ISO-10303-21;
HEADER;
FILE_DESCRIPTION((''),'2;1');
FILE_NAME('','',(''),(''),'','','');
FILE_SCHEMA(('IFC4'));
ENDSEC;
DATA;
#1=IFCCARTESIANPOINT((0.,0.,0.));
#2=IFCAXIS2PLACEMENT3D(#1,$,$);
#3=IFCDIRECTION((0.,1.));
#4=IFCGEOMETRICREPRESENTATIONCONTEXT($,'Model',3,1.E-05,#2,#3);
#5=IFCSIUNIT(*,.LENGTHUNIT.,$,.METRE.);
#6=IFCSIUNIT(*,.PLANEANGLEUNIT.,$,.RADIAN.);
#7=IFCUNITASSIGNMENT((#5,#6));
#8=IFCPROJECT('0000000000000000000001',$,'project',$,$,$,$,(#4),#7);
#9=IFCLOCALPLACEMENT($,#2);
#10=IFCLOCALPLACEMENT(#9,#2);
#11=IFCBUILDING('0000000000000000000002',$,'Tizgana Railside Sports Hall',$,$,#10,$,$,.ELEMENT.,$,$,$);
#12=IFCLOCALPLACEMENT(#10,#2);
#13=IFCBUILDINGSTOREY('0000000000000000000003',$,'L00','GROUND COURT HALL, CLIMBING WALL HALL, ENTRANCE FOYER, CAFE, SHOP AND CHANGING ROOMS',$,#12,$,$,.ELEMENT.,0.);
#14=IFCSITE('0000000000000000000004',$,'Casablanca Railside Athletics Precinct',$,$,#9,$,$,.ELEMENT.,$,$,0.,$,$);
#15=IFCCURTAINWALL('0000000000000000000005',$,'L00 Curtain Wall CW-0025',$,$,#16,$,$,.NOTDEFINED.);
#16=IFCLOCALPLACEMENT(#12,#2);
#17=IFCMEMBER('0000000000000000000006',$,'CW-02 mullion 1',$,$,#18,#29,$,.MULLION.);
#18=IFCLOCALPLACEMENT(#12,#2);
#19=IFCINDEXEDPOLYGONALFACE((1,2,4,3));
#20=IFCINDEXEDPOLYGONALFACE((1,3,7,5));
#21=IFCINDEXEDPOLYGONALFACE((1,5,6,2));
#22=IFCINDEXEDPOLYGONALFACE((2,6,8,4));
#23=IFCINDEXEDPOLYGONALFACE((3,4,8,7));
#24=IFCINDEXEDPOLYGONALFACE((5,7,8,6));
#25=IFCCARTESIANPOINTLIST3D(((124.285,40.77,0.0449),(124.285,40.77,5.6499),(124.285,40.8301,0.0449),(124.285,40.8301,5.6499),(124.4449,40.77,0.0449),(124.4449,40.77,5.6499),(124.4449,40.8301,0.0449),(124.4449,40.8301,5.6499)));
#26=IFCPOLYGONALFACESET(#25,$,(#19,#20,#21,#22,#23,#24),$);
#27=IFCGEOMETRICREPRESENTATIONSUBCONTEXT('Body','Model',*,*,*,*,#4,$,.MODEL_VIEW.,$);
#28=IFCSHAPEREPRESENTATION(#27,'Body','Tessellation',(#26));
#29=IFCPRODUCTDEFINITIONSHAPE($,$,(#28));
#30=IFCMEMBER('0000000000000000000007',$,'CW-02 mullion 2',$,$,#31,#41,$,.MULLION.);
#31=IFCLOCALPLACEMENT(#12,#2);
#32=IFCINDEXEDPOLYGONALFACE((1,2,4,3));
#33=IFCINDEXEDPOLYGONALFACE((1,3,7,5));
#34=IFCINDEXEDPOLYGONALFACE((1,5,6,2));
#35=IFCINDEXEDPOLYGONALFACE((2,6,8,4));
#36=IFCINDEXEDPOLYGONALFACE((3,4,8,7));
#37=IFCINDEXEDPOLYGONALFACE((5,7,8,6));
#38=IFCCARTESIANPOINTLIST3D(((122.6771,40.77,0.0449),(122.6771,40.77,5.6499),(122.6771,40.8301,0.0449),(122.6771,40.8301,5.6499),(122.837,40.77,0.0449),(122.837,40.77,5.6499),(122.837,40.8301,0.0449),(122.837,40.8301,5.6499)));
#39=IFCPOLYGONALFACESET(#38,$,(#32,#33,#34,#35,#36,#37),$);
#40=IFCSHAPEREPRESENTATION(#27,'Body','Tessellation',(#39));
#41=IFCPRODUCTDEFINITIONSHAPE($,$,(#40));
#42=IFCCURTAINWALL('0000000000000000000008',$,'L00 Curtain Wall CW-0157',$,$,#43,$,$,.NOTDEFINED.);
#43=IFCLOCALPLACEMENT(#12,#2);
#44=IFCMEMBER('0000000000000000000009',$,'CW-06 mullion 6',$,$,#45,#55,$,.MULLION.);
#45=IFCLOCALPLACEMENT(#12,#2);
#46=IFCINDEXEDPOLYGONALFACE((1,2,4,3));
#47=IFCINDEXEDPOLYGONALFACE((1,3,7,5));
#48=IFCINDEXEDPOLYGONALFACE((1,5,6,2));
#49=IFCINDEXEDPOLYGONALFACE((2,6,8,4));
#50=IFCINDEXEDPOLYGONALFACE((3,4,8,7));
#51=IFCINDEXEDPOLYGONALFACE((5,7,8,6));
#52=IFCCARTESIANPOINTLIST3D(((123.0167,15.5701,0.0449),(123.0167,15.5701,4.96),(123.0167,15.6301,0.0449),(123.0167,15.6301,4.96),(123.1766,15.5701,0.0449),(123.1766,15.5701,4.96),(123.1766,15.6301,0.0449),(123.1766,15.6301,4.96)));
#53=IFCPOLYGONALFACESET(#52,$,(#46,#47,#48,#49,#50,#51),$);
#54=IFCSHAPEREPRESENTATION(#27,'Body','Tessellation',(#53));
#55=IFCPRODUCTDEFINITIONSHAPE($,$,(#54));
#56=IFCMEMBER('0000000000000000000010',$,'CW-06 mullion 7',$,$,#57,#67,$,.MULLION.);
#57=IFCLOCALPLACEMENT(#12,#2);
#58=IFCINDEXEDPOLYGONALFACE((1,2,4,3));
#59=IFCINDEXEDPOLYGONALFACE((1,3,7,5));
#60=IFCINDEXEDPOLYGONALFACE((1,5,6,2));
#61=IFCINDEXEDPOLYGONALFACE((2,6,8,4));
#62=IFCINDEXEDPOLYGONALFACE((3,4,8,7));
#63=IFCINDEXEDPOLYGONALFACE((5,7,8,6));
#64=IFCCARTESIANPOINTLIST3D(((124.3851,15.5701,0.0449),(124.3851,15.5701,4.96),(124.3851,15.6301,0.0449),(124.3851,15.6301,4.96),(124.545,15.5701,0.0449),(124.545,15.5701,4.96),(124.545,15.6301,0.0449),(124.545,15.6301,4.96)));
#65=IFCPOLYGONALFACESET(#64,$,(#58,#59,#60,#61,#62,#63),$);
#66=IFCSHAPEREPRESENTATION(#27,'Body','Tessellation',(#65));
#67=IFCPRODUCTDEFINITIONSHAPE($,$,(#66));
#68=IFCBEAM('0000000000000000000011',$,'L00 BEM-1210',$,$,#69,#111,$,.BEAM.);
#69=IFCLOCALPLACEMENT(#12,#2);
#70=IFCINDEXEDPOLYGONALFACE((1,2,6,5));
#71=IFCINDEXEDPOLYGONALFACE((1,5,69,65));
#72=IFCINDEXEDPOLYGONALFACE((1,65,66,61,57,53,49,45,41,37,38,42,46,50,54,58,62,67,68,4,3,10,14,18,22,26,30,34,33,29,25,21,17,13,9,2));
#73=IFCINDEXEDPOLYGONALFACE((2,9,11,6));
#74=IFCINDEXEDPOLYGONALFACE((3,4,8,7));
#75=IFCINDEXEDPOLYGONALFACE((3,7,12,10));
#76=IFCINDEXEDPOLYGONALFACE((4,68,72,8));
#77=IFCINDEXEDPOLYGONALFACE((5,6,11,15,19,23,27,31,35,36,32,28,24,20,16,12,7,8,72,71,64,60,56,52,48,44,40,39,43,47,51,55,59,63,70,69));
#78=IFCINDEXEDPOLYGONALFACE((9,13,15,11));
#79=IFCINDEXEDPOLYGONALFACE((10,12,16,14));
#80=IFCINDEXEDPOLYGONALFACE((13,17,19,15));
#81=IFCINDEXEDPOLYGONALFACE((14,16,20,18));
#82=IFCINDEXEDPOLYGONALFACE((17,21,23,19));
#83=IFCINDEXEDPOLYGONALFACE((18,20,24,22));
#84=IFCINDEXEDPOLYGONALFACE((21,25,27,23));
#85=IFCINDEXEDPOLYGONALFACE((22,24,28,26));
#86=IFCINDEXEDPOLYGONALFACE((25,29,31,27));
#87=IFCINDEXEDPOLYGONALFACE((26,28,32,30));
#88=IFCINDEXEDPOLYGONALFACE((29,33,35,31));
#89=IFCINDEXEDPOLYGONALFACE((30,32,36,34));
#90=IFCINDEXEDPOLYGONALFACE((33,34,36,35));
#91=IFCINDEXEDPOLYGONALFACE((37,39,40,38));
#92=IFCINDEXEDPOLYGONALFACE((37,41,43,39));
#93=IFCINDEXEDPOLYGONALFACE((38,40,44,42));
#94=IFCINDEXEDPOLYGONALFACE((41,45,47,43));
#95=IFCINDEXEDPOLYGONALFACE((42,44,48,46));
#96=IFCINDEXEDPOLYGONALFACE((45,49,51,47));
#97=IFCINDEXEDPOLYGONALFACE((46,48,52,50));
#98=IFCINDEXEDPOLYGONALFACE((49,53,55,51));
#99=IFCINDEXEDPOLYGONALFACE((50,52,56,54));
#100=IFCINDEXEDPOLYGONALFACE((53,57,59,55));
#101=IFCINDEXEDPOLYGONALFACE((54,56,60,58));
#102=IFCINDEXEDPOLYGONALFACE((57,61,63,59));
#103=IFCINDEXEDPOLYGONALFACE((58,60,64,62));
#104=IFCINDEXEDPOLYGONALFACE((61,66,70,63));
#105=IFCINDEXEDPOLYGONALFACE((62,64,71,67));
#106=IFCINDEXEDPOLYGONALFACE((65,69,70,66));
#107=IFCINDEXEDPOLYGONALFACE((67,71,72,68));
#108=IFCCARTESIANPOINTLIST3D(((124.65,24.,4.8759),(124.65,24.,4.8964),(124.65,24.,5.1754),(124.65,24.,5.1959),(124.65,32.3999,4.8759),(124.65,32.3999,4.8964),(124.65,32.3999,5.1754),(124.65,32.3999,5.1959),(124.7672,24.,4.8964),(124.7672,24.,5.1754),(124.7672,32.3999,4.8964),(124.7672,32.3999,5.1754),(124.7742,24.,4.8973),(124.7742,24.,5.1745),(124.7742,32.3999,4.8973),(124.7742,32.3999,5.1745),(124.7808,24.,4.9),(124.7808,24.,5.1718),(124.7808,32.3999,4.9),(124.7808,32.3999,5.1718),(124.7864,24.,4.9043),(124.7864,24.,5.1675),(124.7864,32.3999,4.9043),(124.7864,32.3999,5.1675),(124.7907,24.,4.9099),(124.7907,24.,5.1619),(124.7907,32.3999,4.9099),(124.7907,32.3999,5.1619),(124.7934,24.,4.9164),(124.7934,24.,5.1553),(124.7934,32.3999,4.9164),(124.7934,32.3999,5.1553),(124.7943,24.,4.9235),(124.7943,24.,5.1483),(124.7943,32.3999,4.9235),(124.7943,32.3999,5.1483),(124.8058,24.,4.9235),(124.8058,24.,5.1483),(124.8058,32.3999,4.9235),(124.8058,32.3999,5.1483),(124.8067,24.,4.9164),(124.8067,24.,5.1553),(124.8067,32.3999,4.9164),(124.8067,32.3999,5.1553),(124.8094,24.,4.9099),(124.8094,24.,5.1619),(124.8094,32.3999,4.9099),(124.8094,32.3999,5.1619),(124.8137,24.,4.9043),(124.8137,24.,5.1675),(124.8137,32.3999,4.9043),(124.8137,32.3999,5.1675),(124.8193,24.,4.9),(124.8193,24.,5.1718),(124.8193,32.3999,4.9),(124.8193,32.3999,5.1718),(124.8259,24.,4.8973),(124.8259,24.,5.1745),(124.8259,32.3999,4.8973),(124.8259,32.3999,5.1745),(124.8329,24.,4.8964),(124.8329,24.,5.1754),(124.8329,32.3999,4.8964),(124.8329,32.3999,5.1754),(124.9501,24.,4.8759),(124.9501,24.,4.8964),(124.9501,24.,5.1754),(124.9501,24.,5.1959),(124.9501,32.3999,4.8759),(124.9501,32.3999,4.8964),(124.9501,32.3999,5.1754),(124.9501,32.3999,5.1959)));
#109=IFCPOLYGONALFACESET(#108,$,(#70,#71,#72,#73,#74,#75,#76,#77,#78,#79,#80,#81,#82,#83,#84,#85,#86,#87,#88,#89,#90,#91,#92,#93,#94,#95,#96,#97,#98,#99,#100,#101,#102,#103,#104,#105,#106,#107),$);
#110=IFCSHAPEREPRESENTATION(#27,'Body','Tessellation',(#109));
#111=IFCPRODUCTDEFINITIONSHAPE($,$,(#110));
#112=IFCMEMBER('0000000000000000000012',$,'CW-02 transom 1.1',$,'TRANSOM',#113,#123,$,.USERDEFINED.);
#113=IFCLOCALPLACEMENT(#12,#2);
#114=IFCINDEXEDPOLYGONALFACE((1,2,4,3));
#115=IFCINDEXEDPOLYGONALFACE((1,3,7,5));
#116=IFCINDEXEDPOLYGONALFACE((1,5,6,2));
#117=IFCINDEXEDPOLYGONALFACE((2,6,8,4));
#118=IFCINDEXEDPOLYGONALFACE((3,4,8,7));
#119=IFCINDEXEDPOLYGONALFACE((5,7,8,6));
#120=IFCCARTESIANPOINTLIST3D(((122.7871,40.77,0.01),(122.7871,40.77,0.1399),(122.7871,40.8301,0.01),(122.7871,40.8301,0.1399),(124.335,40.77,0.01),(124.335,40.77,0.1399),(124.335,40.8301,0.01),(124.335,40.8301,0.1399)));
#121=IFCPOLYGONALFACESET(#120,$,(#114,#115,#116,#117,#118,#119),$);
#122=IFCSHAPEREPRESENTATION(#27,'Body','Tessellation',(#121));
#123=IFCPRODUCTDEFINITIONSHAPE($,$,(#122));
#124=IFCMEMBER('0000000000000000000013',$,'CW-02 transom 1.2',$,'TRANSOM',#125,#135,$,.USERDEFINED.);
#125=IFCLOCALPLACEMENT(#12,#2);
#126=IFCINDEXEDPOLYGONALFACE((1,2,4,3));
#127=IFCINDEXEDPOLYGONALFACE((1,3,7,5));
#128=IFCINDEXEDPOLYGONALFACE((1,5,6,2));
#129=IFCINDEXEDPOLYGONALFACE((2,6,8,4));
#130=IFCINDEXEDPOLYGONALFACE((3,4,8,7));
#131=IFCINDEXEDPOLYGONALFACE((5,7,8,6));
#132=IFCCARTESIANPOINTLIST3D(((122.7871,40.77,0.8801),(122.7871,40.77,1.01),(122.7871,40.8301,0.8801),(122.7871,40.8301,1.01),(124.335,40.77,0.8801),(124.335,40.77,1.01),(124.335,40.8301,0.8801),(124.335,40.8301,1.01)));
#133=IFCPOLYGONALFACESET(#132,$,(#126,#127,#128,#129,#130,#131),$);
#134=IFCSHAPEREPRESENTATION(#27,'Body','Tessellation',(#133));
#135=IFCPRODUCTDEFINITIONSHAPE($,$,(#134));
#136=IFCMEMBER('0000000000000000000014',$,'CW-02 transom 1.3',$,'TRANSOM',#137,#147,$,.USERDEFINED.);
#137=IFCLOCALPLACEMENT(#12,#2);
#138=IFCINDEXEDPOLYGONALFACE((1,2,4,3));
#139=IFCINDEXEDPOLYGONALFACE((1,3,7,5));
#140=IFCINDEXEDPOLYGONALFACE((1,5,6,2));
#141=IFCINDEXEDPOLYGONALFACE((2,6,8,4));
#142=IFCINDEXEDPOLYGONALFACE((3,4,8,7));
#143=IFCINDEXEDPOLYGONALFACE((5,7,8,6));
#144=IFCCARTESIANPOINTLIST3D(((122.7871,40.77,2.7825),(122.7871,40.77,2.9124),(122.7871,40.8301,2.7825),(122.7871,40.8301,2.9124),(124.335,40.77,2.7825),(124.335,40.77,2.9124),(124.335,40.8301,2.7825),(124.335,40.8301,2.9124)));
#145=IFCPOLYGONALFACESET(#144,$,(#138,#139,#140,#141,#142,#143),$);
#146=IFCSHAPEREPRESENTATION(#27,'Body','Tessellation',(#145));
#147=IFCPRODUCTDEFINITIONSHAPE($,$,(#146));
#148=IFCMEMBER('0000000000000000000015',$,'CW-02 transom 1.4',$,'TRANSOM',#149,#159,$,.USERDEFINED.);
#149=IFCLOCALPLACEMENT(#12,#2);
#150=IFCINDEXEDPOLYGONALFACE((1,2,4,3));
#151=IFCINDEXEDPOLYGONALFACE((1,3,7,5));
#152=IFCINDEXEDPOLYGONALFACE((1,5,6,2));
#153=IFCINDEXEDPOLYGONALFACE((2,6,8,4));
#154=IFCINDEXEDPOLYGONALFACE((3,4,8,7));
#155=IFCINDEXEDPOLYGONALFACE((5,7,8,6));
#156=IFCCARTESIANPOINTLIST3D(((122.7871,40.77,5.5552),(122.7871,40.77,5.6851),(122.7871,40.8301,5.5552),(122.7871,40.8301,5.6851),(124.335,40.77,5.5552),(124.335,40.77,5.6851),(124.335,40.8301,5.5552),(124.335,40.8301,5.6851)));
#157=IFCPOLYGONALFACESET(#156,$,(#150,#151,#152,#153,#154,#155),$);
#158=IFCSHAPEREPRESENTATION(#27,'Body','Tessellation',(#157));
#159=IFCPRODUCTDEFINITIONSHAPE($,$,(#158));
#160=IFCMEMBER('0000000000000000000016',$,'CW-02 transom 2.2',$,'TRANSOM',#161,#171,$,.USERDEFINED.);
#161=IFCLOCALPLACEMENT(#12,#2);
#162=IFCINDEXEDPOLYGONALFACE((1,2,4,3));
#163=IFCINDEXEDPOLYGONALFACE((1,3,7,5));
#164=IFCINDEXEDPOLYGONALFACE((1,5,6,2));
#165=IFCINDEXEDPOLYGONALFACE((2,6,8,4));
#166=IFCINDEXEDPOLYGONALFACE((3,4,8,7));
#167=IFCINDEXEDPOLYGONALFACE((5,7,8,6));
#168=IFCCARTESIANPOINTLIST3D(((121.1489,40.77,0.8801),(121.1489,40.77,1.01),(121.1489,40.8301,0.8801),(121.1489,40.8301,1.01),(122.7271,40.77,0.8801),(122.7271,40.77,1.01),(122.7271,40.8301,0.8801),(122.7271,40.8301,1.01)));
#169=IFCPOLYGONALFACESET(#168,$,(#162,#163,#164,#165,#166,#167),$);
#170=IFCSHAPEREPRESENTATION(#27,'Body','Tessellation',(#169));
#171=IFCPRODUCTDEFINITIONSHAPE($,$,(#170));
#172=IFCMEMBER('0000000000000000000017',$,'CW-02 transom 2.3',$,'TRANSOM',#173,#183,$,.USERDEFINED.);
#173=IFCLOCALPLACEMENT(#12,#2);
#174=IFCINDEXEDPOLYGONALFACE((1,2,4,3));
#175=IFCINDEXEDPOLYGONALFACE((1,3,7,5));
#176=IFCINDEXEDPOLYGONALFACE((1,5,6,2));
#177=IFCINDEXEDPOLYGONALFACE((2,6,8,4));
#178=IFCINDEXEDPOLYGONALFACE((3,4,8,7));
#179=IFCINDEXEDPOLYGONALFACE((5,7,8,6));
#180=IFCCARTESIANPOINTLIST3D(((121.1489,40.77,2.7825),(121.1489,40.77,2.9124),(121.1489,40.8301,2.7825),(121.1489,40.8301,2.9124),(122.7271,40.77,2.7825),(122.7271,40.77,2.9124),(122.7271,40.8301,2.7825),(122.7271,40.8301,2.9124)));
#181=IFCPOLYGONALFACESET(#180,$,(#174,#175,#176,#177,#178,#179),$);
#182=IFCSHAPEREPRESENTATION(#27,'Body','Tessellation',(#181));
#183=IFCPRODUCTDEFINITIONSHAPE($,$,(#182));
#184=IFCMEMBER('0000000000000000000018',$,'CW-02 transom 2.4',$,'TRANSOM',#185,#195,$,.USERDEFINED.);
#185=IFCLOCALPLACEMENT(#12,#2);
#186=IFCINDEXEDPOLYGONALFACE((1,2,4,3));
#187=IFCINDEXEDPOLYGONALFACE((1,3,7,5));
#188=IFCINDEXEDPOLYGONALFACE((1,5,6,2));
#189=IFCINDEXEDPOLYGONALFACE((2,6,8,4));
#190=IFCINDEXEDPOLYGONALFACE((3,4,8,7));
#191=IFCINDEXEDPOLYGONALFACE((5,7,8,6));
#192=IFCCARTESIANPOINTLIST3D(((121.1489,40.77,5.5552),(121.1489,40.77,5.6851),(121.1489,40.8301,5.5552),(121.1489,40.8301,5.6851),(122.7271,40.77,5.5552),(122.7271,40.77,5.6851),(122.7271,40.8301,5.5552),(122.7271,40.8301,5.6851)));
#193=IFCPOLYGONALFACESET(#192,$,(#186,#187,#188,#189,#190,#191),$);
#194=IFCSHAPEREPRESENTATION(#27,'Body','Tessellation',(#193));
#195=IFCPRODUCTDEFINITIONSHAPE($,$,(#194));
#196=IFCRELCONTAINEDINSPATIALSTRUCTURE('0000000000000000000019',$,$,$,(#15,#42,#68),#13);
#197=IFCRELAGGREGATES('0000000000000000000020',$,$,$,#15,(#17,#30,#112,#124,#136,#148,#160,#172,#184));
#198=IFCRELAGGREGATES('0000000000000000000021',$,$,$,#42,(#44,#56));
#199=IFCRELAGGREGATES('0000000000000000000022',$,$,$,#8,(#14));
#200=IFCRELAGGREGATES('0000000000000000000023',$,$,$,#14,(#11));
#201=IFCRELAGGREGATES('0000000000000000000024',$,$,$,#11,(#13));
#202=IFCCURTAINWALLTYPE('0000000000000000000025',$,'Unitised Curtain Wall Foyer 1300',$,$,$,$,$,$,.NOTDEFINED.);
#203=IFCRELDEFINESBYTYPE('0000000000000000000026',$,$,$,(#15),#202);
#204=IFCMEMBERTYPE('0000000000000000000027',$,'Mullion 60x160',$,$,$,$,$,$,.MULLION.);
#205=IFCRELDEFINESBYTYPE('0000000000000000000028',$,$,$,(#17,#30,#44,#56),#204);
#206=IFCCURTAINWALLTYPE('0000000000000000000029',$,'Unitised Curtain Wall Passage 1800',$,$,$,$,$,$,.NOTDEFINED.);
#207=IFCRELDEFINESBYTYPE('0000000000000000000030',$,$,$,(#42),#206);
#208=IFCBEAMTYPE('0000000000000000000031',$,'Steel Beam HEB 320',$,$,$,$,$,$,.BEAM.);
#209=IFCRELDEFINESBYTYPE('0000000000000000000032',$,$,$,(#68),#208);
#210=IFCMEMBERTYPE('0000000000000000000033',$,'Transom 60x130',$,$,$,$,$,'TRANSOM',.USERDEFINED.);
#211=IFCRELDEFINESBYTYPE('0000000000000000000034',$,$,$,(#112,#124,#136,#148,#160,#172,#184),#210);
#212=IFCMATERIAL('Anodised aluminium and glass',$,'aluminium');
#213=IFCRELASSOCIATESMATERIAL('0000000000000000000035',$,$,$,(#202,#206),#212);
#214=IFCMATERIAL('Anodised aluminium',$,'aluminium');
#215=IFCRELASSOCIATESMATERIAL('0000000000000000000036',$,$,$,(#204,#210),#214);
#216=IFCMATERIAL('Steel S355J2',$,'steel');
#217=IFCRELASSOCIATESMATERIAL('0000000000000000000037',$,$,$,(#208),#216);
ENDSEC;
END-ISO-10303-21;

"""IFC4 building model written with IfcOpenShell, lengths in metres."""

from ifc_helpers import new_model, si_unit, direction, frame, origin, origin_2d, place, context, subcontext, project, spatial, rectangle, i_section, extrude, material, material_profile, profile_set, type_object, element, aggregate, save


model = new_model("IFC4")

# Units and contexts
model_context = context("Model", 3, precision=1e-05, world=origin(), true_north=direction((0.0, 1.0)))
body_context = subcontext(model_context, "Body", "Model", "MODEL_VIEW")
ifc_project = project(units=[si_unit("LENGTHUNIT", "METRE"), si_unit("PLANEANGLEUNIT", "RADIAN")], contexts=[model_context])

# Site, building, storey
site_placement = place(None, origin())
site = spatial("IfcSite", under=ifc_project, at=site_placement, Name="Casablanca Railside Athletics Precinct", CompositionType="ELEMENT", RefElevation=0.0)
building_placement = place(site_placement, origin())
building = spatial("IfcBuilding", under=site, at=building_placement, Name="Tizgana Railside Sports Hall", CompositionType="ELEMENT")
storey_placement = place(building_placement, origin())
storey = spatial("IfcBuildingStorey", under=building, at=storey_placement, Name="L00", Description="GROUND COURT HALL, CLIMBING WALL HALL, ENTRANCE FOYER, CAFE, SHOP AND CHANGING ROOMS", CompositionType="ELEMENT", Elevation=0.0)

# Shared definitions
ifc_material_1 = material(Name="Steel S355J2", Category="steel")

# Curtain walls, members
ifc_material_2 = material(Name="Anodised aluminium and glass", Category="aluminium")
curtain_wall_type_1 = type_object("IfcCurtainWallType", Name="Unitised Curtain Wall Foyer 1300", PredefinedType="NOTDEFINED", material=ifc_material_2)
curtain_wall_1_placement = place(storey_placement, origin())
curtain_wall_1 = element("IfcCurtainWall", 1, at=curtain_wall_1_placement, inside=storey, type_object=curtain_wall_type_1, Name="L00 Curtain Wall CW-0025", PredefinedType="NOTDEFINED")
ifc_material_3 = material(Name="Anodised aluminium", Category="aluminium")
ifc_material_profile_1 = material_profile(ifc_material_3, rectangle(XDim=0.0601, YDim=0.1599, at=origin_2d()), Name="Mullion 60x160")
ifc_profile_set_1 = profile_set([ifc_material_profile_1], Name="Anodised aluminium")
member_type_1 = type_object("IfcMemberType", Name="Mullion 60x160", PredefinedType="MULLION", material=ifc_profile_set_1)
member_1_placement = place(storey_placement, frame((124.365, 40.8, 0.0449), z_axis=(0.0, 0.0, 1.0), x_axis=(0.0, -1.0, 0.0)))
member_1 = element("IfcMember", 2, at=member_1_placement, type_object=member_type_1, Name="CW-02 mullion 1", PredefinedType="MULLION", context=body_context, shape_type="SweptSolid", body=[
    extrude(rectangle(XDim=0.0601, YDim=0.1599, at=origin_2d()), origin(), (0.0, 0.0, 1.0), 5.605),
])
member_2_placement = place(storey_placement, frame((122.7571, 40.8, 0.0449), z_axis=(0.0, 0.0, 1.0), x_axis=(0.0, -1.0, 0.0)))
member_2 = element("IfcMember", 3, at=member_2_placement, type_object=member_type_1, Name="CW-02 mullion 2", PredefinedType="MULLION", context=body_context, shape_type="SweptSolid", body=[
    extrude(rectangle(XDim=0.0601, YDim=0.1599, at=origin_2d()), origin(), (0.0, 0.0, 1.0), 5.605),
])
curtain_wall_type_2 = type_object("IfcCurtainWallType", Name="Unitised Curtain Wall Passage 1800", PredefinedType="NOTDEFINED", material=ifc_material_2)
curtain_wall_2_placement = place(storey_placement, origin())
curtain_wall_2 = element("IfcCurtainWall", 4, at=curtain_wall_2_placement, inside=storey, type_object=curtain_wall_type_2, Name="L00 Curtain Wall CW-0157", PredefinedType="NOTDEFINED")
member_3_placement = place(storey_placement, frame((123.0967, 15.6001, 0.0449), z_axis=(0.0, 0.0, 1.0), x_axis=(0.0, 1.0, 0.0)))
member_3 = element("IfcMember", 5, at=member_3_placement, type_object=member_type_1, Name="CW-06 mullion 6", PredefinedType="MULLION", context=body_context, shape_type="SweptSolid", body=[
    extrude(rectangle(XDim=0.0601, YDim=0.1599, at=origin_2d()), origin(), (0.0, 0.0, 1.0), 4.915),
])
member_4_placement = place(storey_placement, frame((124.4651, 15.6001, 0.0449), z_axis=(0.0, 0.0, 1.0), x_axis=(0.0, 1.0, 0.0)))
member_4 = element("IfcMember", 6, at=member_4_placement, type_object=member_type_1, Name="CW-06 mullion 7", PredefinedType="MULLION", context=body_context, shape_type="SweptSolid", body=[
    extrude(rectangle(XDim=0.0601, YDim=0.1599, at=origin_2d()), origin(), (0.0, 0.0, 1.0), 4.915),
])

# Beam
ifc_material_profile_2 = material_profile(ifc_material_1, i_section(OverallWidth=0.3, OverallDepth=0.3201, WebThickness=0.0115, FlangeThickness=0.0205, FilletRadius=0.0271, at=origin_2d()), Name="HEB 320")
ifc_profile_set_2 = profile_set([ifc_material_profile_2], Name="Steel S355J2")
beam_type = type_object("IfcBeamType", Name="Steel Beam HEB 320", PredefinedType="BEAM", material=ifc_profile_set_2)
beam_placement = place(storey_placement, frame((124.8, 24.0, 5.0359), z_axis=(0.0, 1.0, 0.0), x_axis=(-1.0, 0.0, 0.0)))
element("IfcBeam", 7, at=beam_placement, inside=storey, type_object=beam_type, Name="L00 BEM-1210", PredefinedType="BEAM", context=body_context, shape_type="SweptSolid", body=[
    extrude(i_section(OverallWidth=0.3, OverallDepth=0.3201, WebThickness=0.0115, FlangeThickness=0.0205, FilletRadius=0.0271, at=origin_2d()), origin(), (0.0, 0.0, 1.0), 8.3999),
])

# Members
ifc_material_profile_3 = material_profile(ifc_material_3, rectangle(XDim=0.0601, YDim=0.1299, at=origin_2d()), Name="Transom 60x130")
ifc_profile_set_3 = profile_set([ifc_material_profile_3], Name="Anodised aluminium")
member_type_2 = type_object("IfcMemberType", Name="Transom 60x130", ElementType="TRANSOM", PredefinedType="USERDEFINED", material=ifc_profile_set_3)
member_5_placement = place(storey_placement, frame((124.335, 40.8, 0.075), z_axis=(-1.0, 0.0, 0.0), x_axis=(0.0, -1.0, 0.0)))
member_5 = element("IfcMember", 8, at=member_5_placement, type_object=member_type_2, Name="CW-02 transom 1.1", ObjectType="TRANSOM", PredefinedType="USERDEFINED", context=body_context, shape_type="SweptSolid", body=[
    extrude(rectangle(XDim=0.0601, YDim=0.1299, at=origin_2d()), origin(), (0.0, 0.0, 1.0), 1.5479),
])
member_6_placement = place(storey_placement, frame((124.335, 40.8, 0.9451), z_axis=(-1.0, 0.0, 0.0), x_axis=(0.0, -1.0, 0.0)))
member_6 = element("IfcMember", 9, at=member_6_placement, type_object=member_type_2, Name="CW-02 transom 1.2", ObjectType="TRANSOM", PredefinedType="USERDEFINED", context=body_context, shape_type="SweptSolid", body=[
    extrude(rectangle(XDim=0.0601, YDim=0.1299, at=origin_2d()), origin(), (0.0, 0.0, 1.0), 1.5479),
])
member_7_placement = place(storey_placement, frame((124.335, 40.8, 2.8474), z_axis=(-1.0, 0.0, 0.0), x_axis=(0.0, -1.0, 0.0)))
member_7 = element("IfcMember", 10, at=member_7_placement, type_object=member_type_2, Name="CW-02 transom 1.3", ObjectType="TRANSOM", PredefinedType="USERDEFINED", context=body_context, shape_type="SweptSolid", body=[
    extrude(rectangle(XDim=0.0601, YDim=0.1299, at=origin_2d()), origin(), (0.0, 0.0, 1.0), 1.5479),
])
member_8_placement = place(storey_placement, frame((124.335, 40.8, 5.6201), z_axis=(-1.0, 0.0, 0.0), x_axis=(0.0, -1.0, 0.0)))
member_8 = element("IfcMember", 11, at=member_8_placement, type_object=member_type_2, Name="CW-02 transom 1.4", ObjectType="TRANSOM", PredefinedType="USERDEFINED", context=body_context, shape_type="SweptSolid", body=[
    extrude(rectangle(XDim=0.0601, YDim=0.1299, at=origin_2d()), origin(), (0.0, 0.0, 1.0), 1.5479),
])
member_9_placement = place(storey_placement, frame((122.7271, 40.8, 0.9451), z_axis=(-1.0, 0.0, 0.0), x_axis=(0.0, -1.0, 0.0)))
member_9 = element("IfcMember", 12, at=member_9_placement, type_object=member_type_2, Name="CW-02 transom 2.2", ObjectType="TRANSOM", PredefinedType="USERDEFINED", context=body_context, shape_type="SweptSolid", body=[
    extrude(rectangle(XDim=0.0601, YDim=0.1299, at=origin_2d()), origin(), (0.0, 0.0, 1.0), 1.5781),
])
member_10_placement = place(storey_placement, frame((122.7271, 40.8, 2.8474), z_axis=(-1.0, 0.0, 0.0), x_axis=(0.0, -1.0, 0.0)))
member_10 = element("IfcMember", 13, at=member_10_placement, type_object=member_type_2, Name="CW-02 transom 2.3", ObjectType="TRANSOM", PredefinedType="USERDEFINED", context=body_context, shape_type="SweptSolid", body=[
    extrude(rectangle(XDim=0.0601, YDim=0.1299, at=origin_2d()), origin(), (0.0, 0.0, 1.0), 1.5781),
])
member_11_placement = place(storey_placement, frame((122.7271, 40.8, 5.6201), z_axis=(-1.0, 0.0, 0.0), x_axis=(0.0, -1.0, 0.0)))
member_11 = element("IfcMember", 14, at=member_11_placement, type_object=member_type_2, Name="CW-02 transom 2.4", ObjectType="TRANSOM", PredefinedType="USERDEFINED", context=body_context, shape_type="SweptSolid", body=[
    extrude(rectangle(XDim=0.0601, YDim=0.1299, at=origin_2d()), origin(), (0.0, 0.0, 1.0), 1.5781),
])

aggregate(curtain_wall_1, [member_1, member_2, member_5, member_6, member_7, member_8, member_9, member_10, member_11])
aggregate(curtain_wall_2, [member_3, member_4])

save(model, "model.ifc")
